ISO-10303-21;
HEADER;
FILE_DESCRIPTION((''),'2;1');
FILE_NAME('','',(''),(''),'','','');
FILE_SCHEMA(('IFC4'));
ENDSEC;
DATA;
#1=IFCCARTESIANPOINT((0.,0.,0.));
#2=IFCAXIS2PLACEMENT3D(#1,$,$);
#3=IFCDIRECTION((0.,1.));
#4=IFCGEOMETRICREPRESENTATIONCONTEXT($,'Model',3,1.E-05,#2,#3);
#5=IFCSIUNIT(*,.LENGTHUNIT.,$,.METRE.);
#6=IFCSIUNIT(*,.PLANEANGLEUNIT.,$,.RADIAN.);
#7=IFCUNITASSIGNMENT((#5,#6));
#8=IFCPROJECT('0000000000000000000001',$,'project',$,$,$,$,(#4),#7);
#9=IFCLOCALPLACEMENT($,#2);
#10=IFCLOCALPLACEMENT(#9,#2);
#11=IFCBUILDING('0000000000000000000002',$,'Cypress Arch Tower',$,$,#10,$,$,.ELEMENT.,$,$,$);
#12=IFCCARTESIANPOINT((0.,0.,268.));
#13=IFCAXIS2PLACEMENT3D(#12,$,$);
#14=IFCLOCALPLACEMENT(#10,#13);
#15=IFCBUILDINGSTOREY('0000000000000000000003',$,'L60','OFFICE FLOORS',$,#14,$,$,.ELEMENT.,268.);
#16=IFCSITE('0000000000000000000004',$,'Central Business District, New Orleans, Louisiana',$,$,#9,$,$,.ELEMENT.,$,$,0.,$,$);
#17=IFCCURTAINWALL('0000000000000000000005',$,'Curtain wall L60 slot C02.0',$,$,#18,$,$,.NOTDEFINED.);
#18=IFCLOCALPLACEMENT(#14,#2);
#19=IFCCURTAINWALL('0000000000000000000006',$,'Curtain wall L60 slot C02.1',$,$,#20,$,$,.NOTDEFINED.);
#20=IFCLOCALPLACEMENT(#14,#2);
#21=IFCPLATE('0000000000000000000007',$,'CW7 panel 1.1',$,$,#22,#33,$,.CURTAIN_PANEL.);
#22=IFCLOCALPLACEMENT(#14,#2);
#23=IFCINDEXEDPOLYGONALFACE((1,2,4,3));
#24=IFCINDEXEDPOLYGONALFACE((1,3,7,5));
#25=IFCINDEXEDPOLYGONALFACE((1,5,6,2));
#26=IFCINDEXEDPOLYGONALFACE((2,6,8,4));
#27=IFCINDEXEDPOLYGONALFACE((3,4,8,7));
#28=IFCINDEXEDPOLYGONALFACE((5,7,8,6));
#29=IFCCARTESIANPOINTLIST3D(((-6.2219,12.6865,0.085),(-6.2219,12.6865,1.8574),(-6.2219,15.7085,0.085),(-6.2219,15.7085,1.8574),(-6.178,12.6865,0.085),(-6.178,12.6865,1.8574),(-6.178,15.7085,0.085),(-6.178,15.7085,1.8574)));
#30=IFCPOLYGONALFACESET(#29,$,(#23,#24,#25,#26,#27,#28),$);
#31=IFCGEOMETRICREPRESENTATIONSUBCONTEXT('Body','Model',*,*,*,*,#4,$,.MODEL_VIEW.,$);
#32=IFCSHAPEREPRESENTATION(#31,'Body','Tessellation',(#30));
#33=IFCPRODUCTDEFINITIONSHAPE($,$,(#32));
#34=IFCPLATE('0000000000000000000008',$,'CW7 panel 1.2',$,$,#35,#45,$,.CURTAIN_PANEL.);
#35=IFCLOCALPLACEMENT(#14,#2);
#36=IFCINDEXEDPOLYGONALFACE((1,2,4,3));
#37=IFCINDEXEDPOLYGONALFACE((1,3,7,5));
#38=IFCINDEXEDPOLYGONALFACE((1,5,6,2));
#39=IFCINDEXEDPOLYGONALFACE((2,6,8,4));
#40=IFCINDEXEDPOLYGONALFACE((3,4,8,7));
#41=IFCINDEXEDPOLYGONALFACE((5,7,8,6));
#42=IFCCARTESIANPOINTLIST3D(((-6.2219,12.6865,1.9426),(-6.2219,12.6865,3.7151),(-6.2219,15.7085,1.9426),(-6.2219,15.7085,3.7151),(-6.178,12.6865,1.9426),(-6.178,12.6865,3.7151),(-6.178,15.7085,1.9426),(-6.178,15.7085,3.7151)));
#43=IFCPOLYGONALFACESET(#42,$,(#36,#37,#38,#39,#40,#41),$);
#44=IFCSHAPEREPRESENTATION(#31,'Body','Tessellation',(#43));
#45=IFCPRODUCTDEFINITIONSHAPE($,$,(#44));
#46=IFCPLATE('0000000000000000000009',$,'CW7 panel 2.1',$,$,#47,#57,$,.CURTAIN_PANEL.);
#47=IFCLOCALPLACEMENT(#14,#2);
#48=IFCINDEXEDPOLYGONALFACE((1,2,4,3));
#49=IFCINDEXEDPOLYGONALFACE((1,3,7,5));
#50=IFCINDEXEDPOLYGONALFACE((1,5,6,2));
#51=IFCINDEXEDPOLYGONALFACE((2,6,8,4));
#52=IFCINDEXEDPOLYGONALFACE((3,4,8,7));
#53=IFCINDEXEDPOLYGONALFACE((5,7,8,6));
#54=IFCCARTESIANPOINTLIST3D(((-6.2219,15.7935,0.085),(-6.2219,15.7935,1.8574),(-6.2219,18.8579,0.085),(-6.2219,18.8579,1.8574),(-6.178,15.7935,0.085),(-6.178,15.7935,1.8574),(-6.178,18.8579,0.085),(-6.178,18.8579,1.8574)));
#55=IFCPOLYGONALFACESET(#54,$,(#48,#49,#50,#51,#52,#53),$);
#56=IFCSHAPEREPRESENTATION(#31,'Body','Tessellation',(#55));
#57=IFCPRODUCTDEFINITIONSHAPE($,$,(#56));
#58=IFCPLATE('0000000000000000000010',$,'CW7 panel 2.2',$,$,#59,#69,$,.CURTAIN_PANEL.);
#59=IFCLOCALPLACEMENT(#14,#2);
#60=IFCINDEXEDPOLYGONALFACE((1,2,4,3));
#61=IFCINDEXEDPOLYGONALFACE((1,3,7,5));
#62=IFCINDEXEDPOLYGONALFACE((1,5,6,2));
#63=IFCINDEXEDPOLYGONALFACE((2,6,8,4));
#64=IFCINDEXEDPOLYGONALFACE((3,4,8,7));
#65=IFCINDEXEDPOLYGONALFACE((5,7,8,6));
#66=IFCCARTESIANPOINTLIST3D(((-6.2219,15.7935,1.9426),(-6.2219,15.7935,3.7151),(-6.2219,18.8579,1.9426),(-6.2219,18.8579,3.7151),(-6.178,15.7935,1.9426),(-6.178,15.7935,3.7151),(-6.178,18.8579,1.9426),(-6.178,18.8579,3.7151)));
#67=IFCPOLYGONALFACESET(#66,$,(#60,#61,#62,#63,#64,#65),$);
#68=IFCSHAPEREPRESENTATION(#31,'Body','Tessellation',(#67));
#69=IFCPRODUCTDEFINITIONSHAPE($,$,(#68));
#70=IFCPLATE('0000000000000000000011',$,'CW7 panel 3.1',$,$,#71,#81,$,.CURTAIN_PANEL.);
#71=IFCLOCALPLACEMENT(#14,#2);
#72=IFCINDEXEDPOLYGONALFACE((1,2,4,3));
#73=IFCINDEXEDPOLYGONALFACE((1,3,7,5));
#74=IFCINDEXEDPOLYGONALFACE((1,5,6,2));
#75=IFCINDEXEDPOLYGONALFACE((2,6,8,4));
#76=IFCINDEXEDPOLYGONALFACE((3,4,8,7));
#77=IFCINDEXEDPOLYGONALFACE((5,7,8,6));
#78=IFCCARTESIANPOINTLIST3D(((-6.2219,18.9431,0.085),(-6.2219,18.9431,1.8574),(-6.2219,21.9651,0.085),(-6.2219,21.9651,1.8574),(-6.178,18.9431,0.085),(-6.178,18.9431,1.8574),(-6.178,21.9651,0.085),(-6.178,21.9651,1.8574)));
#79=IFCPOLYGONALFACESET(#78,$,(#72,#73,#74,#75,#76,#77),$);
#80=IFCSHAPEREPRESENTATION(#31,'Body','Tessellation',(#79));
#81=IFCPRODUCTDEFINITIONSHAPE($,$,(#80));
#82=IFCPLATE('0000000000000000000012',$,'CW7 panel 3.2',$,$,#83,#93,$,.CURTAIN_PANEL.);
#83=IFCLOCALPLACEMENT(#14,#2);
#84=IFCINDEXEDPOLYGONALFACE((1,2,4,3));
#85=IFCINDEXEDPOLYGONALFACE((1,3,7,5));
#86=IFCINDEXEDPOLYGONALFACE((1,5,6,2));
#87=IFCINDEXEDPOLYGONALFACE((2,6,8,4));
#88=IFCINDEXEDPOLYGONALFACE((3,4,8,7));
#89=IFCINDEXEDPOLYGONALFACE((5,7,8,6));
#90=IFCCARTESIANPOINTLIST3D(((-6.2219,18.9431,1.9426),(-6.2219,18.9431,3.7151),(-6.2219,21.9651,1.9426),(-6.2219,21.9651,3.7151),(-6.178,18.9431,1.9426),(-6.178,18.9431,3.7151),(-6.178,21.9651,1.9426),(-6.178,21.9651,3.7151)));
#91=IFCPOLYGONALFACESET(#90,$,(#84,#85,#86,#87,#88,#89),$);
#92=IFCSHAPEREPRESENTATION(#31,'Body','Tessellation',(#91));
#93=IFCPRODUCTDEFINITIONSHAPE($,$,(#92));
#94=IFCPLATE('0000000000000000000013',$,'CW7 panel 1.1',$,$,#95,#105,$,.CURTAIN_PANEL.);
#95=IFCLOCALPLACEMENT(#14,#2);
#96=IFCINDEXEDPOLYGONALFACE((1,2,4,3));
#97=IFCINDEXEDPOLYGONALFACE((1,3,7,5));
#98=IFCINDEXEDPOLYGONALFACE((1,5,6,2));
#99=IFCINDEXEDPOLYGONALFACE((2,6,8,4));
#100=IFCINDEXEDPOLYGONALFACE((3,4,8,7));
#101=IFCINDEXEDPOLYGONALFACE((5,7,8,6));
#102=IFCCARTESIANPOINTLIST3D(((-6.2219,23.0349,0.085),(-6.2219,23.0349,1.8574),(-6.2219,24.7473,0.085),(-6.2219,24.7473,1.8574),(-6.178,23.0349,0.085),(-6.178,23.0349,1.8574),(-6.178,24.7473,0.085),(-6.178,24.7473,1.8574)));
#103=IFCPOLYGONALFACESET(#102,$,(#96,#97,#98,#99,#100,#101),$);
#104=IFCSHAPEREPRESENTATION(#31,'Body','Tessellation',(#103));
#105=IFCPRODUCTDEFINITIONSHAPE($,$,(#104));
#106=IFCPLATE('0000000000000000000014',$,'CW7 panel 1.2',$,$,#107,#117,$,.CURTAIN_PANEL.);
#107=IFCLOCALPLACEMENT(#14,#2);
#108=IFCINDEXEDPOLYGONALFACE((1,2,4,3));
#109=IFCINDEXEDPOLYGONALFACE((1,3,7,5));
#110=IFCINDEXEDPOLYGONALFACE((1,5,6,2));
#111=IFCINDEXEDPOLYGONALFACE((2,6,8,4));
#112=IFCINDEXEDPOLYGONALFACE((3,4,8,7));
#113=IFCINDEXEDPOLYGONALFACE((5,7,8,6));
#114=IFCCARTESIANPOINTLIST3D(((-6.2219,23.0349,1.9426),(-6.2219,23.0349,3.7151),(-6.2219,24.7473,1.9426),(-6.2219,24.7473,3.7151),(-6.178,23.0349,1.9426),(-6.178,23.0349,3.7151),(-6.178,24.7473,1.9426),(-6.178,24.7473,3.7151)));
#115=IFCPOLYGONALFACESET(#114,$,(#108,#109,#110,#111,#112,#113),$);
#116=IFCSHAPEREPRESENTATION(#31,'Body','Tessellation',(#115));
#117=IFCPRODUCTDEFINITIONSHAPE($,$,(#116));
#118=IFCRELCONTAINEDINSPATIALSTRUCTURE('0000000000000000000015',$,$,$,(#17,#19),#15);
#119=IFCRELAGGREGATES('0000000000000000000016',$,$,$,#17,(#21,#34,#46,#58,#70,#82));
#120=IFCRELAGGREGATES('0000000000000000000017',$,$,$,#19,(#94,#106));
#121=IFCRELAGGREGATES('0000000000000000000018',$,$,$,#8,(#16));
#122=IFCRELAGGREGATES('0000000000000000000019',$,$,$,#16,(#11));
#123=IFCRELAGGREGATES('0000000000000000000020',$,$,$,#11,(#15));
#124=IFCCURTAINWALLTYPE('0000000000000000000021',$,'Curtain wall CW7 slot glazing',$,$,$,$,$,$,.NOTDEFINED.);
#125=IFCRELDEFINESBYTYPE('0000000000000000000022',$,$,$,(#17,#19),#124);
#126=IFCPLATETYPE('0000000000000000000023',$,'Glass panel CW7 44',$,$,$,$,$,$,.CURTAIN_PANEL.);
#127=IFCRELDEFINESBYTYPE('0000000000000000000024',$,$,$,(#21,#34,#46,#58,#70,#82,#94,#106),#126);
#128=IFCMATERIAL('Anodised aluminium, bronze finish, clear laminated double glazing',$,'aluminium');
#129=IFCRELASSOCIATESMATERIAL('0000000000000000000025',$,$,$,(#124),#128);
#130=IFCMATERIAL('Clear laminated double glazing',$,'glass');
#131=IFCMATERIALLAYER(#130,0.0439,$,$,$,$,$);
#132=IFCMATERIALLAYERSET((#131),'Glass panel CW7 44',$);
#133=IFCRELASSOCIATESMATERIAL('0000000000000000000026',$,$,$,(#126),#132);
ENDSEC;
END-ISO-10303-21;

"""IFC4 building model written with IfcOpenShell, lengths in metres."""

from ifc_helpers import new_model, si_unit, direction, frame, origin, origin_2d, place, context, subcontext, project, spatial, rectangle, extrude, material, layer, layer_set, type_object, element, aggregate, save


model = new_model("IFC4")

# Units and contexts
model_context = context("Model", 3, precision=1e-05, world=origin(), true_north=direction((0.0, 1.0)))
body_context = subcontext(model_context, "Body", "Model", "MODEL_VIEW")
ifc_project = project(units=[si_unit("LENGTHUNIT", "METRE"), si_unit("PLANEANGLEUNIT", "RADIAN")], contexts=[model_context])

# Site, building, storey
site_placement = place(None, origin())
site = spatial("IfcSite", under=ifc_project, at=site_placement, Name="Central Business District, New Orleans, Louisiana", CompositionType="ELEMENT", RefElevation=0.0)
building_placement = place(site_placement, origin())
building = spatial("IfcBuilding", under=site, at=building_placement, Name="Cypress Arch Tower", CompositionType="ELEMENT")
storey_placement = place(building_placement, frame((0.0, 0.0, 268.0)))
storey = spatial("IfcBuildingStorey", under=building, at=storey_placement, Name="L60", Description="OFFICE FLOORS", CompositionType="ELEMENT", Elevation=268.0)

# Shared definitions
ifc_material_1 = material(Name="Anodised aluminium, bronze finish, clear laminated double glazing", Category="aluminium")
curtain_wall_type = type_object("IfcCurtainWallType", Name="Curtain wall CW7 slot glazing", PredefinedType="NOTDEFINED", material=ifc_material_1)

# Curtain walls
curtain_wall_1_placement = place(storey_placement, origin())
curtain_wall_1 = element("IfcCurtainWall", 1, at=curtain_wall_1_placement, inside=storey, type_object=curtain_wall_type, Name="Curtain wall L60 slot C02.0", PredefinedType="NOTDEFINED")
curtain_wall_2_placement = place(storey_placement, origin())
curtain_wall_2 = element("IfcCurtainWall", 2, at=curtain_wall_2_placement, inside=storey, type_object=curtain_wall_type, Name="Curtain wall L60 slot C02.1", PredefinedType="NOTDEFINED")

# Plates
ifc_material_2 = material(Name="Clear laminated double glazing", Category="glass")
ifc_layer = layer(ifc_material_2, 0.0439)
ifc_layer_set = layer_set([ifc_layer], Name="Glass panel CW7 44")
plate_type = type_object("IfcPlateType", Name="Glass panel CW7 44", PredefinedType="CURTAIN_PANEL", material=ifc_layer_set)
plate_1_placement = place(storey_placement, frame((-6.2, 14.1975, 0.085), z_axis=(0.0, 0.0, 1.0), x_axis=(0.0, 1.0, 0.0)))
plate_1 = element("IfcPlate", 3, at=plate_1_placement, type_object=plate_type, Name="CW7 panel 1.1", PredefinedType="CURTAIN_PANEL", context=body_context, shape_type="SweptSolid", body=[
    extrude(rectangle(XDim=3.022, YDim=0.0439, at=origin_2d()), origin(), (0.0, 0.0, 1.0), 1.7725),
])
plate_2_placement = place(storey_placement, frame((-6.2, 14.1975, 1.9426), z_axis=(0.0, 0.0, 1.0), x_axis=(0.0, 1.0, 0.0)))
plate_2 = element("IfcPlate", 4, at=plate_2_placement, type_object=plate_type, Name="CW7 panel 1.2", PredefinedType="CURTAIN_PANEL", context=body_context, shape_type="SweptSolid", body=[
    extrude(rectangle(XDim=3.022, YDim=0.0439, at=origin_2d()), origin(), (0.0, 0.0, 1.0), 1.7725),
])
plate_3_placement = place(storey_placement, frame((-6.2, 17.3257, 0.085), z_axis=(0.0, 0.0, 1.0), x_axis=(0.0, 1.0, 0.0)))
plate_3 = element("IfcPlate", 5, at=plate_3_placement, type_object=plate_type, Name="CW7 panel 2.1", PredefinedType="CURTAIN_PANEL", context=body_context, shape_type="SweptSolid", body=[
    extrude(rectangle(XDim=3.0645, YDim=0.0439, at=origin_2d()), origin(), (0.0, 0.0, 1.0), 1.7725),
])
plate_4_placement = place(storey_placement, frame((-6.2, 17.3257, 1.9426), z_axis=(0.0, 0.0, 1.0), x_axis=(0.0, 1.0, 0.0)))
plate_4 = element("IfcPlate", 6, at=plate_4_placement, type_object=plate_type, Name="CW7 panel 2.2", PredefinedType="CURTAIN_PANEL", context=body_context, shape_type="SweptSolid", body=[
    extrude(rectangle(XDim=3.0645, YDim=0.0439, at=origin_2d()), origin(), (0.0, 0.0, 1.0), 1.7725),
])
plate_5_placement = place(storey_placement, frame((-6.2, 20.4541, 0.085), z_axis=(0.0, 0.0, 1.0), x_axis=(0.0, 1.0, 0.0)))
plate_5 = element("IfcPlate", 7, at=plate_5_placement, type_object=plate_type, Name="CW7 panel 3.1", PredefinedType="CURTAIN_PANEL", context=body_context, shape_type="SweptSolid", body=[
    extrude(rectangle(XDim=3.022, YDim=0.0439, at=origin_2d()), origin(), (0.0, 0.0, 1.0), 1.7725),
])
plate_6_placement = place(storey_placement, frame((-6.2, 20.4541, 1.9426), z_axis=(0.0, 0.0, 1.0), x_axis=(0.0, 1.0, 0.0)))
plate_6 = element("IfcPlate", 8, at=plate_6_placement, type_object=plate_type, Name="CW7 panel 3.2", PredefinedType="CURTAIN_PANEL", context=body_context, shape_type="SweptSolid", body=[
    extrude(rectangle(XDim=3.022, YDim=0.0439, at=origin_2d()), origin(), (0.0, 0.0, 1.0), 1.7725),
])
aggregate(curtain_wall_1, [plate_1, plate_2, plate_3, plate_4, plate_5, plate_6])
plate_7_placement = place(storey_placement, frame((-6.2, 23.8911, 0.085), z_axis=(0.0, 0.0, 1.0), x_axis=(0.0, 1.0, 0.0)))
plate_7 = element("IfcPlate", 9, at=plate_7_placement, type_object=plate_type, Name="CW7 panel 1.1", PredefinedType="CURTAIN_PANEL", context=body_context, shape_type="SweptSolid", body=[
    extrude(rectangle(XDim=1.7124, YDim=0.0439, at=origin_2d()), origin(), (0.0, 0.0, 1.0), 1.7725),
])
plate_8_placement = place(storey_placement, frame((-6.2, 23.8911, 1.9426), z_axis=(0.0, 0.0, 1.0), x_axis=(0.0, 1.0, 0.0)))
plate_8 = element("IfcPlate", 10, at=plate_8_placement, type_object=plate_type, Name="CW7 panel 1.2", PredefinedType="CURTAIN_PANEL", context=body_context, shape_type="SweptSolid", body=[
    extrude(rectangle(XDim=1.7124, YDim=0.0439, at=origin_2d()), origin(), (0.0, 0.0, 1.0), 1.7725),
])
aggregate(curtain_wall_2, [plate_7, plate_8])

save(model, "model.ifc")
